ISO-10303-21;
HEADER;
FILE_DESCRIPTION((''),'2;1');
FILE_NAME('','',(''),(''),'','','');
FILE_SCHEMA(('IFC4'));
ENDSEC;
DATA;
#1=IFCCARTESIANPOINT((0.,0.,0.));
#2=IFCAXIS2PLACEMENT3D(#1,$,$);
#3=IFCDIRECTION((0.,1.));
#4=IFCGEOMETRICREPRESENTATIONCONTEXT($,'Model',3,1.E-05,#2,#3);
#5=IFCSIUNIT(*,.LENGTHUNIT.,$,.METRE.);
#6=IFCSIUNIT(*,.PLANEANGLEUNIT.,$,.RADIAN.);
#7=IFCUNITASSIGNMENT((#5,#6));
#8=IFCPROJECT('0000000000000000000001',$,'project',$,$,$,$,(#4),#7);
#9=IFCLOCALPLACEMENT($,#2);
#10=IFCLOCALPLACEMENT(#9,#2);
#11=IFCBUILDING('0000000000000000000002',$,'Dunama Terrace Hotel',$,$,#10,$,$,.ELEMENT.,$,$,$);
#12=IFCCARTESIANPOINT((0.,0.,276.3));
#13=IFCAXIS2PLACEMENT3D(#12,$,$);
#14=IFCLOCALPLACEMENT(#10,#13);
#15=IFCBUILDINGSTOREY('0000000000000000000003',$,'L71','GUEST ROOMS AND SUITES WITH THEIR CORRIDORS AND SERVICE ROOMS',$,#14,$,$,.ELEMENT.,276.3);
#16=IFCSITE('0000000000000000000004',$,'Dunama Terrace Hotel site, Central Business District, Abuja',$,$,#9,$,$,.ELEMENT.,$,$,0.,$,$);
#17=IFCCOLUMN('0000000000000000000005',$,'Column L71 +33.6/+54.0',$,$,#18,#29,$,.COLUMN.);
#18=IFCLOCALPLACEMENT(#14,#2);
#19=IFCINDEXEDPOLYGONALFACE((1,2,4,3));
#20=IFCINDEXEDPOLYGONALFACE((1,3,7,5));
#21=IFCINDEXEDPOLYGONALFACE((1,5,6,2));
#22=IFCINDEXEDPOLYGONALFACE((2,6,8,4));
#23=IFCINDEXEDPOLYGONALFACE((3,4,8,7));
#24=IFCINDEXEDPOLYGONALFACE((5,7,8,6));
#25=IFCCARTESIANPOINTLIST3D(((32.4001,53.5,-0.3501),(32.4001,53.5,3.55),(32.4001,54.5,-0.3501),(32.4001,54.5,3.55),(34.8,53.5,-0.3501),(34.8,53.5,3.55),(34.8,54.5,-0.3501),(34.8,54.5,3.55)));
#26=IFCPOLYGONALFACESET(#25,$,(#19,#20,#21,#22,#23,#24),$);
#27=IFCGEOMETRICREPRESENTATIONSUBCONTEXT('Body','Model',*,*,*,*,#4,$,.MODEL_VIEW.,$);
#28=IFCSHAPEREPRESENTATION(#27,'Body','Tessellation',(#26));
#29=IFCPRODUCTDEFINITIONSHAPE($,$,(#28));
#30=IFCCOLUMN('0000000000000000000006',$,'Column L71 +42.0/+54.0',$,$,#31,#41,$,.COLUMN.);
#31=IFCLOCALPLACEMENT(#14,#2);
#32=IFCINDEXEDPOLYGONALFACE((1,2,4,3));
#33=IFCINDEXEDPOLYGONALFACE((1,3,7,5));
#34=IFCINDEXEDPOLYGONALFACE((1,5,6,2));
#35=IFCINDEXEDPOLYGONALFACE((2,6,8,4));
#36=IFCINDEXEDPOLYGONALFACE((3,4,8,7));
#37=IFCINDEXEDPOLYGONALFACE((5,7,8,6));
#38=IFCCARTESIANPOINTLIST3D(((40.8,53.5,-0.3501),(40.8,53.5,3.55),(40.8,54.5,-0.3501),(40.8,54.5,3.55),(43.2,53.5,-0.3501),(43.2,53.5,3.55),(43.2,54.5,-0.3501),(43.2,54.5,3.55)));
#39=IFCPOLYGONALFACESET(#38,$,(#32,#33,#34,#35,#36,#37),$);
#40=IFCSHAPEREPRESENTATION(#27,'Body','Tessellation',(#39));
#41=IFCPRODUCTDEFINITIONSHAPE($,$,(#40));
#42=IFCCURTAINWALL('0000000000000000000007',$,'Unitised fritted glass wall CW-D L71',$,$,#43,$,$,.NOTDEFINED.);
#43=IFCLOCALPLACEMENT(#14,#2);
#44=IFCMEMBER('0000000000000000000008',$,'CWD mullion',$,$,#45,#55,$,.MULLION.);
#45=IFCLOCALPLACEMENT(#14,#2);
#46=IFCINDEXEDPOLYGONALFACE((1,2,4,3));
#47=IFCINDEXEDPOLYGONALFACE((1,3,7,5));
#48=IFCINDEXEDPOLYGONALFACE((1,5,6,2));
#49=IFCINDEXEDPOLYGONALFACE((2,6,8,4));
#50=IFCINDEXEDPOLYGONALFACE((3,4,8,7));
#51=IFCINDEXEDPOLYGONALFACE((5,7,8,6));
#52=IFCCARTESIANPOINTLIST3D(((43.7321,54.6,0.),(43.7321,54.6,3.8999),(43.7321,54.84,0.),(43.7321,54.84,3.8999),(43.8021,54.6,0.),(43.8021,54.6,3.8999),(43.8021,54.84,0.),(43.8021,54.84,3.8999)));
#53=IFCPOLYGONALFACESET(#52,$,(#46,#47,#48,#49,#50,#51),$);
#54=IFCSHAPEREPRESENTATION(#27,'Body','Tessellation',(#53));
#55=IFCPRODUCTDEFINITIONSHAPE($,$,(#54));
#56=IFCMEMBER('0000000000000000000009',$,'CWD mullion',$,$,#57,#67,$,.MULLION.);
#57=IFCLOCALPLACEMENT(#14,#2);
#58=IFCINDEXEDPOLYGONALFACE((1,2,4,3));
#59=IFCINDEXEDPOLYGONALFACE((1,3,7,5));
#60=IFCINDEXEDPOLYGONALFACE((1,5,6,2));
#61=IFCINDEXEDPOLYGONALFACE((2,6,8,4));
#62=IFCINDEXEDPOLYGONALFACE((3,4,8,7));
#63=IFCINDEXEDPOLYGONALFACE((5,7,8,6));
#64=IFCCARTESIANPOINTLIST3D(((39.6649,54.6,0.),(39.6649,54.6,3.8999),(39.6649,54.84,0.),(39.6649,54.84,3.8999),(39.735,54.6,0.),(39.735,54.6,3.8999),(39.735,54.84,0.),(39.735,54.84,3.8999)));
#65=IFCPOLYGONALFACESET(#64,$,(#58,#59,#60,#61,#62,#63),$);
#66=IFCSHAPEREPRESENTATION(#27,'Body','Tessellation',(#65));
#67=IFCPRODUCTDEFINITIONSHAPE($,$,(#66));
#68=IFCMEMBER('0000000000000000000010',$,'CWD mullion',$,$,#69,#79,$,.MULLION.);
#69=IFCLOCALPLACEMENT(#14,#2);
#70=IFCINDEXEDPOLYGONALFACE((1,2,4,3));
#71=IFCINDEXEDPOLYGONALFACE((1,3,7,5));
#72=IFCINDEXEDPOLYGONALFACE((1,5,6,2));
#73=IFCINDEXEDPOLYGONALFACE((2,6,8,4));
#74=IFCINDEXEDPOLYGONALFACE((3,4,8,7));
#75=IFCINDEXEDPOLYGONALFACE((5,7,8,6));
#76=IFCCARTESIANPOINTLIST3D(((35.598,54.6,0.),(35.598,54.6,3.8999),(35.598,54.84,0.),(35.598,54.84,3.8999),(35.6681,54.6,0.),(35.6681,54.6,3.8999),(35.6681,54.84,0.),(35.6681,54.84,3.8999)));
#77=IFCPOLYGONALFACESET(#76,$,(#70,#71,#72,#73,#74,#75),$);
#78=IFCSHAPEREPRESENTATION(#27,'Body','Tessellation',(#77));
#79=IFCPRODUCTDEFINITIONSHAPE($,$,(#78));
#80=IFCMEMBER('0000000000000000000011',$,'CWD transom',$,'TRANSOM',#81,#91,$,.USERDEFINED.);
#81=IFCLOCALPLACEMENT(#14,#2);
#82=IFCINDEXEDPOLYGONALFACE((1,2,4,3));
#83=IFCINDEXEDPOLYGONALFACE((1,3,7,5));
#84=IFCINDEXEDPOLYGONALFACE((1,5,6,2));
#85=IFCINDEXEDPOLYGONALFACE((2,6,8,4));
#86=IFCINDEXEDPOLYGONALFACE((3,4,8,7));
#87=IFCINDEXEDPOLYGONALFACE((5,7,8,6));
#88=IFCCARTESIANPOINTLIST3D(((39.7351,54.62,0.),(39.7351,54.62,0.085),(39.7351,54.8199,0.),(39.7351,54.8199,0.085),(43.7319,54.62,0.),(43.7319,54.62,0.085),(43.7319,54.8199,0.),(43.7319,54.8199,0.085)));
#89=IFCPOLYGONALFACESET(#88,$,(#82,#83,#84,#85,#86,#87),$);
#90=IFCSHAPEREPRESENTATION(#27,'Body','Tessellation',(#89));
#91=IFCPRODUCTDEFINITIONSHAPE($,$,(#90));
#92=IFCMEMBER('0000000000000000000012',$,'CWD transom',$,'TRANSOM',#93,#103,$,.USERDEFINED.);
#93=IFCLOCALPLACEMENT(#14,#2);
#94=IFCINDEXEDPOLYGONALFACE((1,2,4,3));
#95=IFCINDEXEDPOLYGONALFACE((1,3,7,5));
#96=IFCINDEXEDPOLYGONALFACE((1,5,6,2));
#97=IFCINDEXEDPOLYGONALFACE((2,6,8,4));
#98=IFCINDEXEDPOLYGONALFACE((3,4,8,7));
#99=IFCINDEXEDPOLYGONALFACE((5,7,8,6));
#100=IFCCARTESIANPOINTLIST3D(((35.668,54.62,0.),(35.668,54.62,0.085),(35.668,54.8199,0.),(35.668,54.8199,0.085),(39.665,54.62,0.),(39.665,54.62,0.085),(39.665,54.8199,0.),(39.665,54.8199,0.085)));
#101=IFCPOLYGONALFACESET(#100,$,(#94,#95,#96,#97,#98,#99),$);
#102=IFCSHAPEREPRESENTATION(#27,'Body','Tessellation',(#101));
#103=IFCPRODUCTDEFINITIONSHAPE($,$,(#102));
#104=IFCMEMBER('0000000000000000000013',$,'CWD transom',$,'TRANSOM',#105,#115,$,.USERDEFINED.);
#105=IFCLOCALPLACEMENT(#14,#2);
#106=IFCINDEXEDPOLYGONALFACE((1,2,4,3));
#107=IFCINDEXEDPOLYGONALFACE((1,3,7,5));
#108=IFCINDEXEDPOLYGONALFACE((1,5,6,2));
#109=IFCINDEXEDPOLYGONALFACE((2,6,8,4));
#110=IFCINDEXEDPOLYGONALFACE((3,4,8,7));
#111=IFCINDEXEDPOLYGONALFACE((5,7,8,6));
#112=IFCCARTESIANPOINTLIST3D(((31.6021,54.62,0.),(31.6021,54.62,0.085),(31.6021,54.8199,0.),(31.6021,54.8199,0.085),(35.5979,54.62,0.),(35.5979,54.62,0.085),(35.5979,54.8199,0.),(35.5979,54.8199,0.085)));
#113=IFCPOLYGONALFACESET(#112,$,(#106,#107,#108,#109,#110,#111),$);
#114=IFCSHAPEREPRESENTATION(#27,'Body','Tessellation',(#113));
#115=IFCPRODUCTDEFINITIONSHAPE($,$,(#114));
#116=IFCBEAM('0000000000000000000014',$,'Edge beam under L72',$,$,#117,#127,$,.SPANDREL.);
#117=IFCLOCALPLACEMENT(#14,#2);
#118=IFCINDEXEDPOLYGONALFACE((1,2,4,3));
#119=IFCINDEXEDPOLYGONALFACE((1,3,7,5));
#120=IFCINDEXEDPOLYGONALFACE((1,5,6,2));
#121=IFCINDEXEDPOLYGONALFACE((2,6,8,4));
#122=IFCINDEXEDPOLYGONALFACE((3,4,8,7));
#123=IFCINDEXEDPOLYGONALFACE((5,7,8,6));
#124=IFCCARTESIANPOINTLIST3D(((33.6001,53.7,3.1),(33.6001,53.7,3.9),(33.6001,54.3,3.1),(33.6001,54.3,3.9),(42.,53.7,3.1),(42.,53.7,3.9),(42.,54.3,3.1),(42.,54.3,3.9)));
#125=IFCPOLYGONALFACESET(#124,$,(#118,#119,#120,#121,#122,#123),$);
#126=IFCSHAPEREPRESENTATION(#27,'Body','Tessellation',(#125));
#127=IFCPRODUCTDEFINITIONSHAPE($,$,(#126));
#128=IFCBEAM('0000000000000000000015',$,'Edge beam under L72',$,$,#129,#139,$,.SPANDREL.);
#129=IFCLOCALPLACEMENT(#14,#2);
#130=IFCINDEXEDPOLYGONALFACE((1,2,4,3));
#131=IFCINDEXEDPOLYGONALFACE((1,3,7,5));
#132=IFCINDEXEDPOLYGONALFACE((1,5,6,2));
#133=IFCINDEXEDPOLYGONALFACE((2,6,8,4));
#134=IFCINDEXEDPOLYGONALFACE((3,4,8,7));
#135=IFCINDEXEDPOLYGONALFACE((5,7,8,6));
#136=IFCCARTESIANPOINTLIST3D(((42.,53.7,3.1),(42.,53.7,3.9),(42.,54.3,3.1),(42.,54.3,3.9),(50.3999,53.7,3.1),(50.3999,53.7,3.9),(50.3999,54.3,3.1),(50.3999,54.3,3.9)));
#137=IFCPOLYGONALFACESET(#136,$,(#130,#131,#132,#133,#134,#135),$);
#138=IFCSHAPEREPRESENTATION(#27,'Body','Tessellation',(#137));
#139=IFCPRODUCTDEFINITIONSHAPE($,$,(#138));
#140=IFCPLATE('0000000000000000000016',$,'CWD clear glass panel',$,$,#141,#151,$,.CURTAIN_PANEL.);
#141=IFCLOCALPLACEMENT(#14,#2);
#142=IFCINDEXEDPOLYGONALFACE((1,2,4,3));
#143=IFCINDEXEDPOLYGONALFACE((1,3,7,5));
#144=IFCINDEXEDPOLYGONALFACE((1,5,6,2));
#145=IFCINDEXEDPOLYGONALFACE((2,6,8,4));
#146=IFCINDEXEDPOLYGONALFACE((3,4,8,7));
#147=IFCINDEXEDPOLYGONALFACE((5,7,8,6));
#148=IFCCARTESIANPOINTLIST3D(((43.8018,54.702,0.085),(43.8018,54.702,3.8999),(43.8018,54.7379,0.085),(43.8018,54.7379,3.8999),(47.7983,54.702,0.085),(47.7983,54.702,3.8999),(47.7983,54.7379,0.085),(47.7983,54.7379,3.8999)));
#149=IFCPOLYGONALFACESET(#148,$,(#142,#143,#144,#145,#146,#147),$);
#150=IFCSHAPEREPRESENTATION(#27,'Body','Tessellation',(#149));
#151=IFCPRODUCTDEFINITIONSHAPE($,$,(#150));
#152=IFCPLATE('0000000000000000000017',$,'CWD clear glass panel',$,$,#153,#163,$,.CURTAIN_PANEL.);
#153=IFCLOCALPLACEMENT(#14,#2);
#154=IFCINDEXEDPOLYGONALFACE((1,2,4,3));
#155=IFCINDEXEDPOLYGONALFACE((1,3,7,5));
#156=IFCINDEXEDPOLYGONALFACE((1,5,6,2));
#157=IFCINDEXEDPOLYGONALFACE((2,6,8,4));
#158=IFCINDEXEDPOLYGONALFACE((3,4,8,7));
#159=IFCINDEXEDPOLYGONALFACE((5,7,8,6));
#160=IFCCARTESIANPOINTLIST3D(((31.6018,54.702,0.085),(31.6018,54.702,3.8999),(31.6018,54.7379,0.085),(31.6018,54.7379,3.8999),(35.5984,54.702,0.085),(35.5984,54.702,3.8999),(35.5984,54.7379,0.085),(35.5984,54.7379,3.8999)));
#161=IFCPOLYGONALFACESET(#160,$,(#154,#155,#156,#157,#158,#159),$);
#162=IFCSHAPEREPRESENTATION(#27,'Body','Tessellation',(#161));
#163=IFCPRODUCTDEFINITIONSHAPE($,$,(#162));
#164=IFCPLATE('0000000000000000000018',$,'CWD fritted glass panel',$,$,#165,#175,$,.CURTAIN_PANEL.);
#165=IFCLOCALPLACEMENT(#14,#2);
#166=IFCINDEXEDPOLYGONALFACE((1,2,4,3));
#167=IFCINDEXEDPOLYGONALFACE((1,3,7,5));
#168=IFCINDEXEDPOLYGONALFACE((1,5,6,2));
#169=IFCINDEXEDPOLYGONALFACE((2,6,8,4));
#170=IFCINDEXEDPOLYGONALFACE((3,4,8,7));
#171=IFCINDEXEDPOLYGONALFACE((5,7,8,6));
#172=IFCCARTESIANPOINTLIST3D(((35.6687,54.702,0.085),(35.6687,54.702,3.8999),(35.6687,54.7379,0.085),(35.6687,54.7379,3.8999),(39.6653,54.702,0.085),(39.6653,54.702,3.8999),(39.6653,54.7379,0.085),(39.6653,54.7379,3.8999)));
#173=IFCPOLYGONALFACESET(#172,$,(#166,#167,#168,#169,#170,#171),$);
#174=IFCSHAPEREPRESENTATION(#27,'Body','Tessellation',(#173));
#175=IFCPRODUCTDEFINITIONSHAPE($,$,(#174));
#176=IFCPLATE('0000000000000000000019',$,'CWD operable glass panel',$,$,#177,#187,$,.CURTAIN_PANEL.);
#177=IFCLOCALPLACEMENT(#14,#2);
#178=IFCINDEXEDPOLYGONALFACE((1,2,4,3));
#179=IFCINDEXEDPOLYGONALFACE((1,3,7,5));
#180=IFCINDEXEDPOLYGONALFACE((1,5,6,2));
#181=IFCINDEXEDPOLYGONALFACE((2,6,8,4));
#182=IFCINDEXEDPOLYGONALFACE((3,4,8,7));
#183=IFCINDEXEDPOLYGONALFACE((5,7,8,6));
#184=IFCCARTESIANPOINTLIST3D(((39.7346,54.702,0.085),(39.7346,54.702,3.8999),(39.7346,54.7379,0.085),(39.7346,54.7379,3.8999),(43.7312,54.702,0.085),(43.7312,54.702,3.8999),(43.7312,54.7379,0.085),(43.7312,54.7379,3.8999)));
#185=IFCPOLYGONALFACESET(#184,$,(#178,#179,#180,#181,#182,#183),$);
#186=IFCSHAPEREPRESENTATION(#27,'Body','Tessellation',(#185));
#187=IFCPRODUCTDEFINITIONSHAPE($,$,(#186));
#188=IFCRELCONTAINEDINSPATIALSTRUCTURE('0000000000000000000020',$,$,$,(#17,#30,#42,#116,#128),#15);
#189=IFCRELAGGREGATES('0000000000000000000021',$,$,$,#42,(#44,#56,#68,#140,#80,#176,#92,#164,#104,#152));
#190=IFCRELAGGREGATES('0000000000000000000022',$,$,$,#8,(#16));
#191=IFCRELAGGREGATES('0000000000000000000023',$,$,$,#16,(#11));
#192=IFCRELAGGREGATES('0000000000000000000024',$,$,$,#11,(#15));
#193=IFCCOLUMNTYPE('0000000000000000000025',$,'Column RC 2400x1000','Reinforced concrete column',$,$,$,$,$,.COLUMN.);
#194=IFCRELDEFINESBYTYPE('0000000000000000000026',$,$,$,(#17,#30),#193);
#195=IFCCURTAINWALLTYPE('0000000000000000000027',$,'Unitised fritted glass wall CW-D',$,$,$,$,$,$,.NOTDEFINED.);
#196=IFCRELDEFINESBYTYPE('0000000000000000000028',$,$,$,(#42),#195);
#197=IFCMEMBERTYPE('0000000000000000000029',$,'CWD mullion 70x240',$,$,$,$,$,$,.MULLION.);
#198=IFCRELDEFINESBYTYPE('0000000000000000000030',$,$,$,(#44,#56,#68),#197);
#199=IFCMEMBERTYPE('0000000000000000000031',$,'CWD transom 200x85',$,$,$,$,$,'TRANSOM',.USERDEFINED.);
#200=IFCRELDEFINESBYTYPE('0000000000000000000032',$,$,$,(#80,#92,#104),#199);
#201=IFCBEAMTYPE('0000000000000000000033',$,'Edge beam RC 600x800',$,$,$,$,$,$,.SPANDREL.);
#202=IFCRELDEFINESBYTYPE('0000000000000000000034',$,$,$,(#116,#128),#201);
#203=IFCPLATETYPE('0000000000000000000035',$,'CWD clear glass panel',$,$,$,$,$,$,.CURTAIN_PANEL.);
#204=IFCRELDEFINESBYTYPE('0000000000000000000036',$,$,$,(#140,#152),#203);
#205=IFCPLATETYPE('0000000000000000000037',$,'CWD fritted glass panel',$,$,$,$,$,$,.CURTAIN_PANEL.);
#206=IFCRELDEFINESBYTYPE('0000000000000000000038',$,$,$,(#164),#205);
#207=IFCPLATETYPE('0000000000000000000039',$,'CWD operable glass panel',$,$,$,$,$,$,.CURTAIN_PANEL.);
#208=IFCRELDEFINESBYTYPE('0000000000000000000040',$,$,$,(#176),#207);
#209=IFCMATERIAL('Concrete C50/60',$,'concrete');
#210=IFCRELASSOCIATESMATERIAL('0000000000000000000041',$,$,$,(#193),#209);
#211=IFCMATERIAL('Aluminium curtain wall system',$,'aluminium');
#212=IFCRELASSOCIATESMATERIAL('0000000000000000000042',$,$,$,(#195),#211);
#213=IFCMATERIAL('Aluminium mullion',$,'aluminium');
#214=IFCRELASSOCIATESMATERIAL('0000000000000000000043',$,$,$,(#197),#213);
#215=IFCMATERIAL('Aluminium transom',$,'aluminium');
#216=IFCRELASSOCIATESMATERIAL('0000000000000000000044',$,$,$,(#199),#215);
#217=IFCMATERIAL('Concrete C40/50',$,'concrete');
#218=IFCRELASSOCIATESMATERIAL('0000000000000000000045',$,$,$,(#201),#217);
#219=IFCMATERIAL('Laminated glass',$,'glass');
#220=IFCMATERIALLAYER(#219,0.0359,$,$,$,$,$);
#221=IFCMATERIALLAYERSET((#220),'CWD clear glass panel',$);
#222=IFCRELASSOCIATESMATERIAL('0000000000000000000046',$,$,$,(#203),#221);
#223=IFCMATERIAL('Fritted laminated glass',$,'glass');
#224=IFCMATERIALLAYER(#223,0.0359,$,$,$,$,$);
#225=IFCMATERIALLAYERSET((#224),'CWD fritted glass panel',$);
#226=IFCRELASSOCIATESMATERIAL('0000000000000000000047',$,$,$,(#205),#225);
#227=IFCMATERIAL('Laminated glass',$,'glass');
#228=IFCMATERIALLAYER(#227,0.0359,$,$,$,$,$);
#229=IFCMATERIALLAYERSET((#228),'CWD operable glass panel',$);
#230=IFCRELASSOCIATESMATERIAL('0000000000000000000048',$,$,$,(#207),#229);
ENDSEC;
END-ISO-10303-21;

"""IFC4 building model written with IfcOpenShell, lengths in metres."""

from ifc_helpers import new_model, si_unit, direction, frame, origin, origin_2d, place, context, subcontext, project, spatial, rectangle, extrude, material, layer, layer_set, material_profile, profile_set, type_object, element, aggregate, save


model = new_model("IFC4")

# Units and contexts
model_context = context("Model", 3, precision=1e-05, world=origin(), true_north=direction((0.0, 1.0)))
body_context = subcontext(model_context, "Body", "Model", "MODEL_VIEW")
ifc_project = project(units=[si_unit("LENGTHUNIT", "METRE"), si_unit("PLANEANGLEUNIT", "RADIAN")], contexts=[model_context])

# Site, building, storey
site_placement = place(None, origin())
site = spatial("IfcSite", under=ifc_project, at=site_placement, Name="Dunama Terrace Hotel site, Central Business District, Abuja", CompositionType="ELEMENT", RefElevation=0.0)
building_placement = place(site_placement, origin())
building = spatial("IfcBuilding", under=site, at=building_placement, Name="Dunama Terrace Hotel", CompositionType="ELEMENT")
storey_placement = place(building_placement, frame((0.0, 0.0, 276.3)))
storey = spatial("IfcBuildingStorey", under=building, at=storey_placement, Name="L71", Description="GUEST ROOMS AND SUITES WITH THEIR CORRIDORS AND SERVICE ROOMS", CompositionType="ELEMENT", Elevation=276.3)

# Columns
ifc_material_1 = material(Name="Concrete C50/60", Category="concrete")
ifc_material_profile_1 = material_profile(ifc_material_1, rectangle(XDim=2.3999, YDim=1.0, at=origin_2d()), Name="RC 2400x1000")
ifc_profile_set_1 = profile_set([ifc_material_profile_1], Name="Concrete C50/60")
column_type = type_object("IfcColumnType", Name="Column RC 2400x1000", Description="Reinforced concrete column", PredefinedType="COLUMN", material=ifc_profile_set_1)
for number, where, z_axis, x_axis, name in (
    (1, (33.6001, 54.0, -0.3501), (0.0, 0.0, 1.0), (1.0, 0.0, 0.0), "Column L71 +33.6/+54.0"),
    (2, (42.0, 54.0, -0.3501), (0.0, 0.0, 1.0), (1.0, 0.0, 0.0), "Column L71 +42.0/+54.0"),
):
    element("IfcColumn", number, at=place(storey_placement, frame(where, z_axis=z_axis, x_axis=x_axis)), inside=storey, type_object=column_type, Name=name, PredefinedType="COLUMN", context=body_context, shape_type="SweptSolid", body=[
        extrude(rectangle(XDim=2.3999, YDim=1.0, at=origin_2d()), origin(), (0.0, 0.0, 1.0), 3.9001),
    ])

# Curtain wall, members
ifc_material_2 = material(Name="Aluminium curtain wall system", Category="aluminium")
curtain_wall_type = type_object("IfcCurtainWallType", Name="Unitised fritted glass wall CW-D", PredefinedType="NOTDEFINED", material=ifc_material_2)
curtain_wall_placement = place(storey_placement, origin())
curtain_wall = element("IfcCurtainWall", 3, at=curtain_wall_placement, inside=storey, type_object=curtain_wall_type, Name="Unitised fritted glass wall CW-D L71", PredefinedType="NOTDEFINED")
ifc_material_3 = material(Name="Aluminium mullion", Category="aluminium")
ifc_material_profile_2 = material_profile(ifc_material_3, rectangle(XDim=0.0701, YDim=0.24, at=origin_2d()), Name="CWD MULLION 70X240")
ifc_profile_set_2 = profile_set([ifc_material_profile_2], Name="Aluminium mullion")
member_type_1 = type_object("IfcMemberType", Name="CWD mullion 70x240", PredefinedType="MULLION", material=ifc_profile_set_2)
member_1_placement = place(storey_placement, frame((43.7671, 54.72, 0.0), z_axis=(0.0, 0.0, 1.0), x_axis=(-1.0, 0.0, 0.0)))
member_1 = element("IfcMember", 4, at=member_1_placement, type_object=member_type_1, Name="CWD mullion", PredefinedType="MULLION", context=body_context, shape_type="SweptSolid", body=[
    extrude(rectangle(XDim=0.0701, YDim=0.24, at=origin_2d()), origin(), (0.0, 0.0, 1.0), 3.8999),
])
member_2_placement = place(storey_placement, frame((39.7, 54.72, 0.0), z_axis=(0.0, 0.0, 1.0), x_axis=(-1.0, 0.0, 0.0)))
member_2 = element("IfcMember", 5, at=member_2_placement, type_object=member_type_1, Name="CWD mullion", PredefinedType="MULLION", context=body_context, shape_type="SweptSolid", body=[
    extrude(rectangle(XDim=0.0701, YDim=0.24, at=origin_2d()), origin(), (0.0, 0.0, 1.0), 3.8999),
])
member_3_placement = place(storey_placement, frame((35.6331, 54.72, 0.0), z_axis=(0.0, 0.0, 1.0), x_axis=(-1.0, 0.0, 0.0)))
member_3 = element("IfcMember", 6, at=member_3_placement, type_object=member_type_1, Name="CWD mullion", PredefinedType="MULLION", context=body_context, shape_type="SweptSolid", body=[
    extrude(rectangle(XDim=0.0701, YDim=0.24, at=origin_2d()), origin(), (0.0, 0.0, 1.0), 3.8999),
])
ifc_material_4 = material(Name="Aluminium transom", Category="aluminium")
ifc_material_profile_3 = material_profile(ifc_material_4, rectangle(XDim=0.2, YDim=0.085, at=origin_2d()), Name="CWD TRANSOM 200X85")
ifc_profile_set_3 = profile_set([ifc_material_profile_3], Name="Aluminium transom")
member_type_2 = type_object("IfcMemberType", Name="CWD transom 200x85", ElementType="TRANSOM", PredefinedType="USERDEFINED", material=ifc_profile_set_3)
member_4_placement = place(storey_placement, frame((43.7319, 54.72, 0.0425), z_axis=(-1.0, 0.0, 0.0), x_axis=(0.0, -1.0, 0.0)))
member_4 = element("IfcMember", 7, at=member_4_placement, type_object=member_type_2, Name="CWD transom", ObjectType="TRANSOM", PredefinedType="USERDEFINED", context=body_context, shape_type="SweptSolid", body=[
    extrude(rectangle(XDim=0.2, YDim=0.085, at=origin_2d()), origin(), (0.0, 0.0, 1.0), 3.9968),
])
member_5_placement = place(storey_placement, frame((39.665, 54.72, 0.0425), z_axis=(-1.0, 0.0, 0.0), x_axis=(0.0, -1.0, 0.0)))
member_5 = element("IfcMember", 8, at=member_5_placement, type_object=member_type_2, Name="CWD transom", ObjectType="TRANSOM", PredefinedType="USERDEFINED", context=body_context, shape_type="SweptSolid", body=[
    extrude(rectangle(XDim=0.2, YDim=0.085, at=origin_2d()), origin(), (0.0, 0.0, 1.0), 3.9971),
])
member_6_placement = place(storey_placement, frame((35.5979, 54.72, 0.0425), z_axis=(-1.0, 0.0, 0.0), x_axis=(0.0, -1.0, 0.0)))
member_6 = element("IfcMember", 9, at=member_6_placement, type_object=member_type_2, Name="CWD transom", ObjectType="TRANSOM", PredefinedType="USERDEFINED", context=body_context, shape_type="SweptSolid", body=[
    extrude(rectangle(XDim=0.2, YDim=0.085, at=origin_2d()), origin(), (0.0, 0.0, 1.0), 3.9958),
])

# Beams
ifc_material_5 = material(Name="Concrete C40/50", Category="concrete")
ifc_material_profile_4 = material_profile(ifc_material_5, rectangle(XDim=0.6001, YDim=0.8, at=origin_2d()), Name="RC 600x800")
ifc_profile_set_4 = profile_set([ifc_material_profile_4], Name="Concrete C40/50")
beam_type = type_object("IfcBeamType", Name="Edge beam RC 600x800", PredefinedType="SPANDREL", material=ifc_profile_set_4)
for number, where, z_axis, x_axis, name in (
    (10, (33.6001, 54.0, 3.5), (1.0, 0.0, 0.0), (0.0, 1.0, 0.0), "Edge beam under L72"),
    (11, (42.0, 54.0, 3.5), (1.0, 0.0, 0.0), (0.0, 1.0, 0.0), "Edge beam under L72"),
):
    element("IfcBeam", number, at=place(storey_placement, frame(where, z_axis=z_axis, x_axis=x_axis)), inside=storey, type_object=beam_type, Name=name, PredefinedType="SPANDREL", context=body_context, shape_type="SweptSolid", body=[
        extrude(rectangle(XDim=0.6001, YDim=0.8, at=origin_2d()), origin(), (0.0, 0.0, 1.0), 8.3999),
    ])

# Plates
ifc_material_6 = material(Name="Laminated glass", Category="glass")
ifc_layer_1 = layer(ifc_material_6, 0.0359)
ifc_layer_set_1 = layer_set([ifc_layer_1], Name="CWD clear glass panel")
plate_type_1 = type_object("IfcPlateType", Name="CWD clear glass panel", PredefinedType="CURTAIN_PANEL", material=ifc_layer_set_1)
plate_1_placement = place(storey_placement, frame((45.8, 54.72, 0.085), z_axis=(0.0, 0.0, 1.0), x_axis=(-1.0, 0.0, 0.0)))
plate_1 = element("IfcPlate", 12, at=plate_1_placement, type_object=plate_type_1, Name="CWD clear glass panel", PredefinedType="CURTAIN_PANEL", context=body_context, shape_type="SweptSolid", body=[
    extrude(rectangle(XDim=3.9966, YDim=0.0359, at=origin_2d()), origin(), (0.0, 0.0, 1.0), 3.8149),
])
plate_2_placement = place(storey_placement, frame((33.6001, 54.72, 0.085), z_axis=(0.0, 0.0, 1.0), x_axis=(-1.0, 0.0, 0.0)))
plate_2 = element("IfcPlate", 13, at=plate_2_placement, type_object=plate_type_1, Name="CWD clear glass panel", PredefinedType="CURTAIN_PANEL", context=body_context, shape_type="SweptSolid", body=[
    extrude(rectangle(XDim=3.9966, YDim=0.0359, at=origin_2d()), origin(), (0.0, 0.0, 1.0), 3.8149),
])
ifc_material_7 = material(Name="Fritted laminated glass", Category="glass")
ifc_layer_2 = layer(ifc_material_7, 0.0359)
ifc_layer_set_2 = layer_set([ifc_layer_2], Name="CWD fritted glass panel")
plate_type_2 = type_object("IfcPlateType", Name="CWD fritted glass panel", PredefinedType="CURTAIN_PANEL", material=ifc_layer_set_2)
plate_3_placement = place(storey_placement, frame((37.667, 54.72, 0.085), z_axis=(0.0, 0.0, 1.0), x_axis=(-1.0, 0.0, 0.0)))
plate_3 = element("IfcPlate", 14, at=plate_3_placement, type_object=plate_type_2, Name="CWD fritted glass panel", PredefinedType="CURTAIN_PANEL", context=body_context, shape_type="SweptSolid", body=[
    extrude(rectangle(XDim=3.9966, YDim=0.0359, at=origin_2d()), origin(), (0.0, 0.0, 1.0), 3.8149),
])
ifc_material_8 = material(Name="Laminated glass", Category="glass")
ifc_layer_3 = layer(ifc_material_8, 0.0359)
ifc_layer_set_3 = layer_set([ifc_layer_3], Name="CWD operable glass panel")
plate_type_3 = type_object("IfcPlateType", Name="CWD operable glass panel", PredefinedType="CURTAIN_PANEL", material=ifc_layer_set_3)
plate_4_placement = place(storey_placement, frame((41.7329, 54.72, 0.085), z_axis=(0.0, 0.0, 1.0), x_axis=(-1.0, 0.0, 0.0)))
plate_4 = element("IfcPlate", 15, at=plate_4_placement, type_object=plate_type_3, Name="CWD operable glass panel", PredefinedType="CURTAIN_PANEL", context=body_context, shape_type="SweptSolid", body=[
    extrude(rectangle(XDim=3.9966, YDim=0.0359, at=origin_2d()), origin(), (0.0, 0.0, 1.0), 3.8149),
])
aggregate(curtain_wall, [member_1, member_2, member_3, plate_1, member_4, plate_4, member_5, plate_3, member_6, plate_2])

save(model, "model.ifc")
